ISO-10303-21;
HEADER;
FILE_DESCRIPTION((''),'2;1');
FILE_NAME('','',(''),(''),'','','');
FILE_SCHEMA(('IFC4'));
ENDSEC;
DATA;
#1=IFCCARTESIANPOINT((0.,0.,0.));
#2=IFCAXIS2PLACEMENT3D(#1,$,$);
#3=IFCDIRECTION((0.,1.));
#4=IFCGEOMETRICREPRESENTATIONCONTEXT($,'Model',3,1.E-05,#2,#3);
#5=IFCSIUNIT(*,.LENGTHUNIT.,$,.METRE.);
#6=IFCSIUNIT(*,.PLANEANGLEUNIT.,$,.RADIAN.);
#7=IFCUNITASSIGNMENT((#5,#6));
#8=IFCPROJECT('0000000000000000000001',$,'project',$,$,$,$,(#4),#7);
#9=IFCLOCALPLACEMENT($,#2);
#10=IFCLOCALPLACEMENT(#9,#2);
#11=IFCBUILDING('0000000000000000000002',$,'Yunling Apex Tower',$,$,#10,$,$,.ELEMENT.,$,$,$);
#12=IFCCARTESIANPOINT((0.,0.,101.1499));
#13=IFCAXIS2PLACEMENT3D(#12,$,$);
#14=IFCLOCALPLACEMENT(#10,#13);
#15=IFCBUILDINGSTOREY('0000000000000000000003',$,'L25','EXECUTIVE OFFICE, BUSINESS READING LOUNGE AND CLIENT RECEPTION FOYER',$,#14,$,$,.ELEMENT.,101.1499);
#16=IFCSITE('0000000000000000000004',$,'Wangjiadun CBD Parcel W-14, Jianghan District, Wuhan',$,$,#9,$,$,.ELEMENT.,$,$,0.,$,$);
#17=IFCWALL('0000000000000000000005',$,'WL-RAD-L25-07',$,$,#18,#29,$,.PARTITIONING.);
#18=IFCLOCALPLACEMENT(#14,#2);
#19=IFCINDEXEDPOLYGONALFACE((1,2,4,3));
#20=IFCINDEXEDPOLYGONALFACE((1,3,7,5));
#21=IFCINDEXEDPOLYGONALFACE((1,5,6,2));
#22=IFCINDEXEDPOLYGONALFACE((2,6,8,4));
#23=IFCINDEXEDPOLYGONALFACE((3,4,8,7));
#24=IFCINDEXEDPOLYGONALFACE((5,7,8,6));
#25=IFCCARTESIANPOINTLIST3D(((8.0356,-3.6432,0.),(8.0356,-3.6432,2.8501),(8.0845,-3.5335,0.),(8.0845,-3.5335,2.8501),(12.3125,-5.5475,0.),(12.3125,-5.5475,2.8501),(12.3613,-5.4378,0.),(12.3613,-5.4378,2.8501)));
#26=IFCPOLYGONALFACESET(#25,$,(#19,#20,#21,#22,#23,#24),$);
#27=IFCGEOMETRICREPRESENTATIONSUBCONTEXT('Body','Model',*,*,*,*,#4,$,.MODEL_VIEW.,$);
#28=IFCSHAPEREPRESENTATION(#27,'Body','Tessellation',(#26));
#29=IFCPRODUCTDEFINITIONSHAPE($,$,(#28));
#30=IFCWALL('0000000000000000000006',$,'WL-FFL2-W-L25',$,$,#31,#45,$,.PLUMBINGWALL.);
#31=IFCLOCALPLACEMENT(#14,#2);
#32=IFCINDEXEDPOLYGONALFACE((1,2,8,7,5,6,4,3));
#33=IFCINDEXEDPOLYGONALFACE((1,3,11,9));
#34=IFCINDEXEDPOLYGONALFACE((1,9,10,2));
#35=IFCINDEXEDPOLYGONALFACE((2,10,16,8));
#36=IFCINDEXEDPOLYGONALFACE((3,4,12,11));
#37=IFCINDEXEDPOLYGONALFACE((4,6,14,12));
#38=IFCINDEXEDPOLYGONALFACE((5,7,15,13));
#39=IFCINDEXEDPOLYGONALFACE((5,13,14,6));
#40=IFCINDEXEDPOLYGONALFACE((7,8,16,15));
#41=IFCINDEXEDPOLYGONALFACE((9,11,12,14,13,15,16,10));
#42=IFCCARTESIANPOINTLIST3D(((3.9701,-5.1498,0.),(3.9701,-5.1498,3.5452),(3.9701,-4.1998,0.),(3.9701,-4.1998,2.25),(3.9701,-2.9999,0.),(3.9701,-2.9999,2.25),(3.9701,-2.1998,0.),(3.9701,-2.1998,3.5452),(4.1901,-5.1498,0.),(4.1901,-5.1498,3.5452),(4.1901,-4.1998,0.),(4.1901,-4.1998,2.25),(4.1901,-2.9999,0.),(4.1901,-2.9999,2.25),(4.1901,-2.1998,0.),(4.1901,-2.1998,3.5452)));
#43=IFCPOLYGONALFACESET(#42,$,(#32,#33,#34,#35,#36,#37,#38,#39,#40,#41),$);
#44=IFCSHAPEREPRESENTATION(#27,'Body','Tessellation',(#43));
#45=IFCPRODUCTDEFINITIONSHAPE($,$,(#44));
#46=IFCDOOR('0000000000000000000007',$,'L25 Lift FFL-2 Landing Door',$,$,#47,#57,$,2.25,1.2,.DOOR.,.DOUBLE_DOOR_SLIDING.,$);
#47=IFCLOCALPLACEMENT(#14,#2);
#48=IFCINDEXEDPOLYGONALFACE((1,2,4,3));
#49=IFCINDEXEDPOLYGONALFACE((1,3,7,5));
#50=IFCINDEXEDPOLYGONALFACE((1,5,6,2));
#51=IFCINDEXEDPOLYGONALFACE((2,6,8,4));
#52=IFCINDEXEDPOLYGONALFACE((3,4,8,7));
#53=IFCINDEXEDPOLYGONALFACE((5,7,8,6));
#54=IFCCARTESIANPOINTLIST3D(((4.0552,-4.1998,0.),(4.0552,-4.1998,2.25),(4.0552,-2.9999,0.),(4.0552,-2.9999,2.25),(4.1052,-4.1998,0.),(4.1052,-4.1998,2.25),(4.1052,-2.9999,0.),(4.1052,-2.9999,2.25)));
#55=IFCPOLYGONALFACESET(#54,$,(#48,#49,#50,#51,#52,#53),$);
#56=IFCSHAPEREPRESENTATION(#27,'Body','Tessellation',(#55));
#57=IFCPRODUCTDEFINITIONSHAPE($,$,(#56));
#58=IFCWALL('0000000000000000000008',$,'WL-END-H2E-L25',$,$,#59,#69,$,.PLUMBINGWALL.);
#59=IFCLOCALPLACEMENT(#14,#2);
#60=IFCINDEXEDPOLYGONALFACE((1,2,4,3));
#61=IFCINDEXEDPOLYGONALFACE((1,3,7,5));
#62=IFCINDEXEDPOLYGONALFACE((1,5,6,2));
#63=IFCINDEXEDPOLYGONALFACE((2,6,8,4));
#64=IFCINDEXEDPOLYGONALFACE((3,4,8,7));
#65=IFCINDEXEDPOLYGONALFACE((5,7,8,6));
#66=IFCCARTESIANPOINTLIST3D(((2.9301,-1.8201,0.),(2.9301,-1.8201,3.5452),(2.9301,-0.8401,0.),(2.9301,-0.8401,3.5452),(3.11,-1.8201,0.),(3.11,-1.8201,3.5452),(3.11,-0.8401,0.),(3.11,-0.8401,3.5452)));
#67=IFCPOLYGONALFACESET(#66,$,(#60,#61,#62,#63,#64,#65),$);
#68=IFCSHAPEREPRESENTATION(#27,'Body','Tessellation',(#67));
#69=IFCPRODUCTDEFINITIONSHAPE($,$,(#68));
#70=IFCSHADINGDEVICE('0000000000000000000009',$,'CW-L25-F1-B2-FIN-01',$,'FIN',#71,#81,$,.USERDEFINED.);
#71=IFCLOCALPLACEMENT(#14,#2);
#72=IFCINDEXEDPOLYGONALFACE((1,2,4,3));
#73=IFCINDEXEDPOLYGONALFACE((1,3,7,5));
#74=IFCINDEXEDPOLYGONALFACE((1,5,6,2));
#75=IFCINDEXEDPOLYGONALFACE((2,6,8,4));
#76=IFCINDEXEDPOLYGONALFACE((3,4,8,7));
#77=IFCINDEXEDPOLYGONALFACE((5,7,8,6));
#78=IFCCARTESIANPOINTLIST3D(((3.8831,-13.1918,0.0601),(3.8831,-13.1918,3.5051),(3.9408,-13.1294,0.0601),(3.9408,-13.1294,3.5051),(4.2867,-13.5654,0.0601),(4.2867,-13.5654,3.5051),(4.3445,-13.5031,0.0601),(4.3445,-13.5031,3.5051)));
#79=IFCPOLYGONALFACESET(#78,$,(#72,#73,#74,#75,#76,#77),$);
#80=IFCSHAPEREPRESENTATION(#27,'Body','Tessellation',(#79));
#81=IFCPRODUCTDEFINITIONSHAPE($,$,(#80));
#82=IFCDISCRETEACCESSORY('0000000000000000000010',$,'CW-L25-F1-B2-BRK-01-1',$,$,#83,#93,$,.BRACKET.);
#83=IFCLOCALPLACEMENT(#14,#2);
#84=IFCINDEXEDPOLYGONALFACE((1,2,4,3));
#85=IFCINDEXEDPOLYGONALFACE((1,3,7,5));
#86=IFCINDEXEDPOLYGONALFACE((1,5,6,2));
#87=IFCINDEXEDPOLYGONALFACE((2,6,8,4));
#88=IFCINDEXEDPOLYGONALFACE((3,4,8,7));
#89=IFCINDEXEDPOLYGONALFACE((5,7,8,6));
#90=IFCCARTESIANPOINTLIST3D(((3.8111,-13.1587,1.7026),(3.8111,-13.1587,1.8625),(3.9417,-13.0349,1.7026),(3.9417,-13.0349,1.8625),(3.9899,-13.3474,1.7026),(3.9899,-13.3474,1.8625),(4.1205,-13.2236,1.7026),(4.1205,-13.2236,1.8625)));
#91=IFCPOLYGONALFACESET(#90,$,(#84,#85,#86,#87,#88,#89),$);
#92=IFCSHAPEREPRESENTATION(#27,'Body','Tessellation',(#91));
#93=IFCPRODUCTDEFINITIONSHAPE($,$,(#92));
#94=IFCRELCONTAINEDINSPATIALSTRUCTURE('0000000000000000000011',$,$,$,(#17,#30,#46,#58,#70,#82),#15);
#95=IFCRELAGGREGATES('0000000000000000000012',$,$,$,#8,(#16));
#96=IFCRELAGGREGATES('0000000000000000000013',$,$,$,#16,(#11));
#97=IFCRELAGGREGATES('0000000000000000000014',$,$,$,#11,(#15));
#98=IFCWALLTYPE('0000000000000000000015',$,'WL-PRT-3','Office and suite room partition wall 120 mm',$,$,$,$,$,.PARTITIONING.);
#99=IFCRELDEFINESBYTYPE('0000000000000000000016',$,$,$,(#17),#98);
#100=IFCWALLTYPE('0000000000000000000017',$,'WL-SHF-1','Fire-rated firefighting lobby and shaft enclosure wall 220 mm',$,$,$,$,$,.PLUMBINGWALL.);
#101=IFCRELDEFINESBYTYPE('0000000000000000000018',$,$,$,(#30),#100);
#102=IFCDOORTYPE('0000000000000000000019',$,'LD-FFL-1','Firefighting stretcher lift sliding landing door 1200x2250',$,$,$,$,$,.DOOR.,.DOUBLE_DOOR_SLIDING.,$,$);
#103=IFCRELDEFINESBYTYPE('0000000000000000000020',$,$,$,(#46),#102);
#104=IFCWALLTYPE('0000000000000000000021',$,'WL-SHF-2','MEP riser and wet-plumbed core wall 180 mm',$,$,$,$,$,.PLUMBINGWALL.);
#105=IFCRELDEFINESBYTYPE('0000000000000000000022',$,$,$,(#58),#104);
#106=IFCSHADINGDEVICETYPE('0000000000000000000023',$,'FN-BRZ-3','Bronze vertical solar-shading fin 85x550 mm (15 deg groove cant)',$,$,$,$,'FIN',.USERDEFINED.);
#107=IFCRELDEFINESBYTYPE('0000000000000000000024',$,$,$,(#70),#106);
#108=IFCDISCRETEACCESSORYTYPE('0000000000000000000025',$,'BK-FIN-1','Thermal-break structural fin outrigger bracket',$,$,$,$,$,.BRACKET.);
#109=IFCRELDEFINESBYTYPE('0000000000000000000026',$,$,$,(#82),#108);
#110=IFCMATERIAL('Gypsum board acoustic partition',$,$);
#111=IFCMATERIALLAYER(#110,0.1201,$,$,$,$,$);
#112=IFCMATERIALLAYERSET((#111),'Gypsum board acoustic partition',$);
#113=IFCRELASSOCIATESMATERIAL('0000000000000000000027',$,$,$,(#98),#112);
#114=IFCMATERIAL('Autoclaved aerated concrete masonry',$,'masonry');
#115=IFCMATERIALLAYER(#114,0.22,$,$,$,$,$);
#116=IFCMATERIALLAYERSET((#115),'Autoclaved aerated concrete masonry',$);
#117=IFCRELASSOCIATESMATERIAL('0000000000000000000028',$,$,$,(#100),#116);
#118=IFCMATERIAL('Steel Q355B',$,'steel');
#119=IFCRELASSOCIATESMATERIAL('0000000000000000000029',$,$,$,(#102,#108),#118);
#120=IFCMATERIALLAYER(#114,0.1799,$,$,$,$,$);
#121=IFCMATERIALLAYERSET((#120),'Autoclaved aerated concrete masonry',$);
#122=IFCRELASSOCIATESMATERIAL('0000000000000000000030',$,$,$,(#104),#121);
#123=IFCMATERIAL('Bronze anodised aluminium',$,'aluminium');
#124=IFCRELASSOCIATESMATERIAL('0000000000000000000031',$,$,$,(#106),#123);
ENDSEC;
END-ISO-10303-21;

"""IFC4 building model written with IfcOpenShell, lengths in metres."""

from ifc_helpers import new_model, si_unit, direction, frame, frame_2d, origin, origin_2d, place, context, subcontext, project, spatial, rectangle, extrude, source, transform, mapped, material, layer, layer_set, material_profile, profile_set, type_object, element, fill, save


model = new_model("IFC4")

# Units and contexts
model_context = context("Model", 3, precision=1e-05, world=origin(), true_north=direction((0.0, 1.0)))
body_context = subcontext(model_context, "Body", "Model", "MODEL_VIEW")
ifc_project = project(units=[si_unit("LENGTHUNIT", "METRE"), si_unit("PLANEANGLEUNIT", "RADIAN")], contexts=[model_context])

# Site, building, storey
site_placement = place(None, origin())
site = spatial("IfcSite", under=ifc_project, at=site_placement, Name="Wangjiadun CBD Parcel W-14, Jianghan District, Wuhan", CompositionType="ELEMENT", RefElevation=0.0)
building_placement = place(site_placement, origin())
building = spatial("IfcBuilding", under=site, at=building_placement, Name="Yunling Apex Tower", CompositionType="ELEMENT")
storey_placement = place(building_placement, frame((0.0, 0.0, 101.1499)))
storey = spatial("IfcBuildingStorey", under=building, at=storey_placement, Name="L25", Description="EXECUTIVE OFFICE, BUSINESS READING LOUNGE AND CLIENT RECEPTION FOYER", CompositionType="ELEMENT", Elevation=101.1499)

# Shared definitions
ifc_material_1 = material(Name="Steel Q355B", Category="steel")

# Shared definitions
ifc_material_2 = material(Name="Bronze anodised aluminium", Category="aluminium")

# Shared definitions
ifc_material_3 = material(Name="Gypsum board acoustic partition")

# Wall
ifc_layer_1 = layer(ifc_material_3, 0.1201)
ifc_layer_set_1 = layer_set([ifc_layer_1], Name="Gypsum board acoustic partition")
wall_type_1 = type_object("IfcWallType", Name="WL-PRT-3", Description="Office and suite room partition wall 120 mm", PredefinedType="PARTITIONING", material=ifc_layer_set_1)
wall_1_placement = place(storey_placement, frame((8.0601, -3.5884, 0.0), z_axis=(0.0, 0.0, 1.0), x_axis=(0.913536, -0.406758, 0.0)))
element("IfcWall", 1, at=wall_1_placement, inside=storey, type_object=wall_type_1, Name="WL-RAD-L25-07", PredefinedType="PARTITIONING", context=body_context, shape_type="SweptSolid", body=[
    extrude(rectangle(XDim=4.6816, YDim=0.1201, at=frame_2d((2.3408, 0.0))), origin(), (0.0, 0.0, 1.0), 2.8501),
])

# Wall, opening, door
ifc_material_4 = material(Name="Autoclaved aerated concrete masonry", Category="masonry")
ifc_layer_2 = layer(ifc_material_4, 0.22)
ifc_layer_set_2 = layer_set([ifc_layer_2], Name="Autoclaved aerated concrete masonry")
wall_type_2 = type_object("IfcWallType", Name="WL-SHF-1", Description="Fire-rated firefighting lobby and shaft enclosure wall 220 mm", PredefinedType="PLUMBINGWALL", material=ifc_layer_set_2)
wall_2_placement = place(storey_placement, frame((4.0801, -5.1499, 0.0), z_axis=(0.0, 0.0, 1.0), x_axis=(0.0, 1.0, 0.0)))
wall_2 = element("IfcWall", 2, at=wall_2_placement, inside=storey, type_object=wall_type_2, Name="WL-FFL2-W-L25", PredefinedType="PLUMBINGWALL", context=body_context, shape_type="SweptSolid", body=[
    extrude(rectangle(XDim=2.95, YDim=0.22, at=frame_2d((1.4751, 0.0))), origin(), (0.0, 0.0, 1.0), 3.5452),
])
opening_1_placement = place(wall_2_placement, frame((0.95, 0.0, 0.0)))
opening_1 = element("IfcOpeningElement", 3, at=opening_1_placement, cuts=wall_2, PredefinedType="OPENING", context=body_context, shape_type="SweptSolid", body=[
    extrude(rectangle(XDim=1.2, YDim=2.25, at=frame_2d((0.6001, 1.125))), frame((0.0, 0.1201, 0.0), z_axis=(0.0, -1.0, 0.0), x_axis=(1.0, 0.0, 0.0)), (0.0, 0.0, 1.0), 0.24),
])
door_type_1 = type_object("IfcDoorType", Name="LD-FFL-1", Description="Firefighting stretcher lift sliding landing door 1200x2250", OperationType="DOUBLE_DOOR_SLIDING", PredefinedType="DOOR", material=ifc_material_1)
door_1_placement = place(opening_1_placement, origin())
door_1 = element("IfcDoor", 4, at=door_1_placement, inside=storey, type_object=door_type_1, Name="L25 Lift FFL-2 Landing Door", OperationType="DOUBLE_DOOR_SLIDING", OverallHeight=2.25, OverallWidth=1.2, PredefinedType="DOOR", context=body_context, shape_type="SweptSolid", body=[
    extrude(rectangle(XDim=1.2, YDim=2.25, at=frame_2d((0.6001, 1.125))), frame((0.0, 0.0249, 0.0), z_axis=(0.0, -1.0, 0.0), x_axis=(1.0, 0.0, 0.0)), (0.0, 0.0, 1.0), 0.05),
])
fill(opening_1, door_1)

# Wall
ifc_layer_3 = layer(ifc_material_4, 0.1799)
ifc_layer_set_3 = layer_set([ifc_layer_3], Name="Autoclaved aerated concrete masonry")
wall_type_3 = type_object("IfcWallType", Name="WL-SHF-2", Description="MEP riser and wet-plumbed core wall 180 mm", PredefinedType="PLUMBINGWALL", material=ifc_layer_set_3)
wall_3_placement = place(storey_placement, frame((3.02, -1.8201, 0.0), z_axis=(0.0, 0.0, 1.0), x_axis=(0.0, 1.0, 0.0)))
element("IfcWall", 5, at=wall_3_placement, inside=storey, type_object=wall_type_3, Name="WL-END-H2E-L25", PredefinedType="PLUMBINGWALL", context=body_context, shape_type="SweptSolid", body=[
    extrude(rectangle(XDim=0.98, YDim=0.1799, at=frame_2d((0.49, 0.0))), origin(), (0.0, 0.0, 1.0), 3.5452),
])

# Shading device
ifc_material_profile_1 = material_profile(ifc_material_2, rectangle(XDim=0.085, YDim=0.55, at=origin_2d()))
ifc_profile_set_1 = profile_set([ifc_material_profile_1], Name="Bronze anodised aluminium")
shading_device_type = type_object("IfcShadingDeviceType", Name="FN-BRZ-3", Description="Bronze vertical solar-shading fin 85x550 mm (15 deg groove cant)", ElementType="FIN", PredefinedType="USERDEFINED", material=ifc_profile_set_1)
shared_shape_1 = source(origin(), body_context, "Body", "SweptSolid", [
    extrude(rectangle(XDim=0.085, YDim=0.55, at=origin_2d()), origin(), (0.0, 0.0, 1.0), 3.4451),
])
shading_device_placement = place(storey_placement, frame((4.1138, -13.3474, 0.0601), z_axis=(0.0, 0.0, 1.0), x_axis=(0.679313, 0.733848, 0.0)))
element("IfcShadingDevice", 6, at=shading_device_placement, inside=storey, type_object=shading_device_type, Name="CW-L25-F1-B2-FIN-01", ObjectType="FIN", PredefinedType="USERDEFINED", context=body_context, shape_type="MappedRepresentation", body=[
    mapped(shared_shape_1, transform((0.0, 0.0, 0.0), scale=1.0)),
])

# Discrete accessory
discrete_accessory_type = type_object("IfcDiscreteAccessoryType", Name="BK-FIN-1", Description="Thermal-break structural fin outrigger bracket", PredefinedType="BRACKET", material=ifc_material_1)
shared_shape_2 = source(origin(), body_context, "Body", "SweptSolid", [
    extrude(rectangle(XDim=0.1799, YDim=0.26, at=origin_2d()), origin(), (0.0, 0.0, 1.0), 0.1599),
])
discrete_accessory_placement = place(storey_placement, frame((3.9658, -13.1912, 1.7026), z_axis=(0.0, 0.0, 1.0), x_axis=(0.725855, 0.687848, 0.0)))
element("IfcDiscreteAccessory", 7, at=discrete_accessory_placement, inside=storey, type_object=discrete_accessory_type, Name="CW-L25-F1-B2-BRK-01-1", PredefinedType="BRACKET", context=body_context, shape_type="MappedRepresentation", body=[
    mapped(shared_shape_2, transform((0.0, 0.0, 0.0), scale=1.0)),
])

save(model, "model.ifc")
